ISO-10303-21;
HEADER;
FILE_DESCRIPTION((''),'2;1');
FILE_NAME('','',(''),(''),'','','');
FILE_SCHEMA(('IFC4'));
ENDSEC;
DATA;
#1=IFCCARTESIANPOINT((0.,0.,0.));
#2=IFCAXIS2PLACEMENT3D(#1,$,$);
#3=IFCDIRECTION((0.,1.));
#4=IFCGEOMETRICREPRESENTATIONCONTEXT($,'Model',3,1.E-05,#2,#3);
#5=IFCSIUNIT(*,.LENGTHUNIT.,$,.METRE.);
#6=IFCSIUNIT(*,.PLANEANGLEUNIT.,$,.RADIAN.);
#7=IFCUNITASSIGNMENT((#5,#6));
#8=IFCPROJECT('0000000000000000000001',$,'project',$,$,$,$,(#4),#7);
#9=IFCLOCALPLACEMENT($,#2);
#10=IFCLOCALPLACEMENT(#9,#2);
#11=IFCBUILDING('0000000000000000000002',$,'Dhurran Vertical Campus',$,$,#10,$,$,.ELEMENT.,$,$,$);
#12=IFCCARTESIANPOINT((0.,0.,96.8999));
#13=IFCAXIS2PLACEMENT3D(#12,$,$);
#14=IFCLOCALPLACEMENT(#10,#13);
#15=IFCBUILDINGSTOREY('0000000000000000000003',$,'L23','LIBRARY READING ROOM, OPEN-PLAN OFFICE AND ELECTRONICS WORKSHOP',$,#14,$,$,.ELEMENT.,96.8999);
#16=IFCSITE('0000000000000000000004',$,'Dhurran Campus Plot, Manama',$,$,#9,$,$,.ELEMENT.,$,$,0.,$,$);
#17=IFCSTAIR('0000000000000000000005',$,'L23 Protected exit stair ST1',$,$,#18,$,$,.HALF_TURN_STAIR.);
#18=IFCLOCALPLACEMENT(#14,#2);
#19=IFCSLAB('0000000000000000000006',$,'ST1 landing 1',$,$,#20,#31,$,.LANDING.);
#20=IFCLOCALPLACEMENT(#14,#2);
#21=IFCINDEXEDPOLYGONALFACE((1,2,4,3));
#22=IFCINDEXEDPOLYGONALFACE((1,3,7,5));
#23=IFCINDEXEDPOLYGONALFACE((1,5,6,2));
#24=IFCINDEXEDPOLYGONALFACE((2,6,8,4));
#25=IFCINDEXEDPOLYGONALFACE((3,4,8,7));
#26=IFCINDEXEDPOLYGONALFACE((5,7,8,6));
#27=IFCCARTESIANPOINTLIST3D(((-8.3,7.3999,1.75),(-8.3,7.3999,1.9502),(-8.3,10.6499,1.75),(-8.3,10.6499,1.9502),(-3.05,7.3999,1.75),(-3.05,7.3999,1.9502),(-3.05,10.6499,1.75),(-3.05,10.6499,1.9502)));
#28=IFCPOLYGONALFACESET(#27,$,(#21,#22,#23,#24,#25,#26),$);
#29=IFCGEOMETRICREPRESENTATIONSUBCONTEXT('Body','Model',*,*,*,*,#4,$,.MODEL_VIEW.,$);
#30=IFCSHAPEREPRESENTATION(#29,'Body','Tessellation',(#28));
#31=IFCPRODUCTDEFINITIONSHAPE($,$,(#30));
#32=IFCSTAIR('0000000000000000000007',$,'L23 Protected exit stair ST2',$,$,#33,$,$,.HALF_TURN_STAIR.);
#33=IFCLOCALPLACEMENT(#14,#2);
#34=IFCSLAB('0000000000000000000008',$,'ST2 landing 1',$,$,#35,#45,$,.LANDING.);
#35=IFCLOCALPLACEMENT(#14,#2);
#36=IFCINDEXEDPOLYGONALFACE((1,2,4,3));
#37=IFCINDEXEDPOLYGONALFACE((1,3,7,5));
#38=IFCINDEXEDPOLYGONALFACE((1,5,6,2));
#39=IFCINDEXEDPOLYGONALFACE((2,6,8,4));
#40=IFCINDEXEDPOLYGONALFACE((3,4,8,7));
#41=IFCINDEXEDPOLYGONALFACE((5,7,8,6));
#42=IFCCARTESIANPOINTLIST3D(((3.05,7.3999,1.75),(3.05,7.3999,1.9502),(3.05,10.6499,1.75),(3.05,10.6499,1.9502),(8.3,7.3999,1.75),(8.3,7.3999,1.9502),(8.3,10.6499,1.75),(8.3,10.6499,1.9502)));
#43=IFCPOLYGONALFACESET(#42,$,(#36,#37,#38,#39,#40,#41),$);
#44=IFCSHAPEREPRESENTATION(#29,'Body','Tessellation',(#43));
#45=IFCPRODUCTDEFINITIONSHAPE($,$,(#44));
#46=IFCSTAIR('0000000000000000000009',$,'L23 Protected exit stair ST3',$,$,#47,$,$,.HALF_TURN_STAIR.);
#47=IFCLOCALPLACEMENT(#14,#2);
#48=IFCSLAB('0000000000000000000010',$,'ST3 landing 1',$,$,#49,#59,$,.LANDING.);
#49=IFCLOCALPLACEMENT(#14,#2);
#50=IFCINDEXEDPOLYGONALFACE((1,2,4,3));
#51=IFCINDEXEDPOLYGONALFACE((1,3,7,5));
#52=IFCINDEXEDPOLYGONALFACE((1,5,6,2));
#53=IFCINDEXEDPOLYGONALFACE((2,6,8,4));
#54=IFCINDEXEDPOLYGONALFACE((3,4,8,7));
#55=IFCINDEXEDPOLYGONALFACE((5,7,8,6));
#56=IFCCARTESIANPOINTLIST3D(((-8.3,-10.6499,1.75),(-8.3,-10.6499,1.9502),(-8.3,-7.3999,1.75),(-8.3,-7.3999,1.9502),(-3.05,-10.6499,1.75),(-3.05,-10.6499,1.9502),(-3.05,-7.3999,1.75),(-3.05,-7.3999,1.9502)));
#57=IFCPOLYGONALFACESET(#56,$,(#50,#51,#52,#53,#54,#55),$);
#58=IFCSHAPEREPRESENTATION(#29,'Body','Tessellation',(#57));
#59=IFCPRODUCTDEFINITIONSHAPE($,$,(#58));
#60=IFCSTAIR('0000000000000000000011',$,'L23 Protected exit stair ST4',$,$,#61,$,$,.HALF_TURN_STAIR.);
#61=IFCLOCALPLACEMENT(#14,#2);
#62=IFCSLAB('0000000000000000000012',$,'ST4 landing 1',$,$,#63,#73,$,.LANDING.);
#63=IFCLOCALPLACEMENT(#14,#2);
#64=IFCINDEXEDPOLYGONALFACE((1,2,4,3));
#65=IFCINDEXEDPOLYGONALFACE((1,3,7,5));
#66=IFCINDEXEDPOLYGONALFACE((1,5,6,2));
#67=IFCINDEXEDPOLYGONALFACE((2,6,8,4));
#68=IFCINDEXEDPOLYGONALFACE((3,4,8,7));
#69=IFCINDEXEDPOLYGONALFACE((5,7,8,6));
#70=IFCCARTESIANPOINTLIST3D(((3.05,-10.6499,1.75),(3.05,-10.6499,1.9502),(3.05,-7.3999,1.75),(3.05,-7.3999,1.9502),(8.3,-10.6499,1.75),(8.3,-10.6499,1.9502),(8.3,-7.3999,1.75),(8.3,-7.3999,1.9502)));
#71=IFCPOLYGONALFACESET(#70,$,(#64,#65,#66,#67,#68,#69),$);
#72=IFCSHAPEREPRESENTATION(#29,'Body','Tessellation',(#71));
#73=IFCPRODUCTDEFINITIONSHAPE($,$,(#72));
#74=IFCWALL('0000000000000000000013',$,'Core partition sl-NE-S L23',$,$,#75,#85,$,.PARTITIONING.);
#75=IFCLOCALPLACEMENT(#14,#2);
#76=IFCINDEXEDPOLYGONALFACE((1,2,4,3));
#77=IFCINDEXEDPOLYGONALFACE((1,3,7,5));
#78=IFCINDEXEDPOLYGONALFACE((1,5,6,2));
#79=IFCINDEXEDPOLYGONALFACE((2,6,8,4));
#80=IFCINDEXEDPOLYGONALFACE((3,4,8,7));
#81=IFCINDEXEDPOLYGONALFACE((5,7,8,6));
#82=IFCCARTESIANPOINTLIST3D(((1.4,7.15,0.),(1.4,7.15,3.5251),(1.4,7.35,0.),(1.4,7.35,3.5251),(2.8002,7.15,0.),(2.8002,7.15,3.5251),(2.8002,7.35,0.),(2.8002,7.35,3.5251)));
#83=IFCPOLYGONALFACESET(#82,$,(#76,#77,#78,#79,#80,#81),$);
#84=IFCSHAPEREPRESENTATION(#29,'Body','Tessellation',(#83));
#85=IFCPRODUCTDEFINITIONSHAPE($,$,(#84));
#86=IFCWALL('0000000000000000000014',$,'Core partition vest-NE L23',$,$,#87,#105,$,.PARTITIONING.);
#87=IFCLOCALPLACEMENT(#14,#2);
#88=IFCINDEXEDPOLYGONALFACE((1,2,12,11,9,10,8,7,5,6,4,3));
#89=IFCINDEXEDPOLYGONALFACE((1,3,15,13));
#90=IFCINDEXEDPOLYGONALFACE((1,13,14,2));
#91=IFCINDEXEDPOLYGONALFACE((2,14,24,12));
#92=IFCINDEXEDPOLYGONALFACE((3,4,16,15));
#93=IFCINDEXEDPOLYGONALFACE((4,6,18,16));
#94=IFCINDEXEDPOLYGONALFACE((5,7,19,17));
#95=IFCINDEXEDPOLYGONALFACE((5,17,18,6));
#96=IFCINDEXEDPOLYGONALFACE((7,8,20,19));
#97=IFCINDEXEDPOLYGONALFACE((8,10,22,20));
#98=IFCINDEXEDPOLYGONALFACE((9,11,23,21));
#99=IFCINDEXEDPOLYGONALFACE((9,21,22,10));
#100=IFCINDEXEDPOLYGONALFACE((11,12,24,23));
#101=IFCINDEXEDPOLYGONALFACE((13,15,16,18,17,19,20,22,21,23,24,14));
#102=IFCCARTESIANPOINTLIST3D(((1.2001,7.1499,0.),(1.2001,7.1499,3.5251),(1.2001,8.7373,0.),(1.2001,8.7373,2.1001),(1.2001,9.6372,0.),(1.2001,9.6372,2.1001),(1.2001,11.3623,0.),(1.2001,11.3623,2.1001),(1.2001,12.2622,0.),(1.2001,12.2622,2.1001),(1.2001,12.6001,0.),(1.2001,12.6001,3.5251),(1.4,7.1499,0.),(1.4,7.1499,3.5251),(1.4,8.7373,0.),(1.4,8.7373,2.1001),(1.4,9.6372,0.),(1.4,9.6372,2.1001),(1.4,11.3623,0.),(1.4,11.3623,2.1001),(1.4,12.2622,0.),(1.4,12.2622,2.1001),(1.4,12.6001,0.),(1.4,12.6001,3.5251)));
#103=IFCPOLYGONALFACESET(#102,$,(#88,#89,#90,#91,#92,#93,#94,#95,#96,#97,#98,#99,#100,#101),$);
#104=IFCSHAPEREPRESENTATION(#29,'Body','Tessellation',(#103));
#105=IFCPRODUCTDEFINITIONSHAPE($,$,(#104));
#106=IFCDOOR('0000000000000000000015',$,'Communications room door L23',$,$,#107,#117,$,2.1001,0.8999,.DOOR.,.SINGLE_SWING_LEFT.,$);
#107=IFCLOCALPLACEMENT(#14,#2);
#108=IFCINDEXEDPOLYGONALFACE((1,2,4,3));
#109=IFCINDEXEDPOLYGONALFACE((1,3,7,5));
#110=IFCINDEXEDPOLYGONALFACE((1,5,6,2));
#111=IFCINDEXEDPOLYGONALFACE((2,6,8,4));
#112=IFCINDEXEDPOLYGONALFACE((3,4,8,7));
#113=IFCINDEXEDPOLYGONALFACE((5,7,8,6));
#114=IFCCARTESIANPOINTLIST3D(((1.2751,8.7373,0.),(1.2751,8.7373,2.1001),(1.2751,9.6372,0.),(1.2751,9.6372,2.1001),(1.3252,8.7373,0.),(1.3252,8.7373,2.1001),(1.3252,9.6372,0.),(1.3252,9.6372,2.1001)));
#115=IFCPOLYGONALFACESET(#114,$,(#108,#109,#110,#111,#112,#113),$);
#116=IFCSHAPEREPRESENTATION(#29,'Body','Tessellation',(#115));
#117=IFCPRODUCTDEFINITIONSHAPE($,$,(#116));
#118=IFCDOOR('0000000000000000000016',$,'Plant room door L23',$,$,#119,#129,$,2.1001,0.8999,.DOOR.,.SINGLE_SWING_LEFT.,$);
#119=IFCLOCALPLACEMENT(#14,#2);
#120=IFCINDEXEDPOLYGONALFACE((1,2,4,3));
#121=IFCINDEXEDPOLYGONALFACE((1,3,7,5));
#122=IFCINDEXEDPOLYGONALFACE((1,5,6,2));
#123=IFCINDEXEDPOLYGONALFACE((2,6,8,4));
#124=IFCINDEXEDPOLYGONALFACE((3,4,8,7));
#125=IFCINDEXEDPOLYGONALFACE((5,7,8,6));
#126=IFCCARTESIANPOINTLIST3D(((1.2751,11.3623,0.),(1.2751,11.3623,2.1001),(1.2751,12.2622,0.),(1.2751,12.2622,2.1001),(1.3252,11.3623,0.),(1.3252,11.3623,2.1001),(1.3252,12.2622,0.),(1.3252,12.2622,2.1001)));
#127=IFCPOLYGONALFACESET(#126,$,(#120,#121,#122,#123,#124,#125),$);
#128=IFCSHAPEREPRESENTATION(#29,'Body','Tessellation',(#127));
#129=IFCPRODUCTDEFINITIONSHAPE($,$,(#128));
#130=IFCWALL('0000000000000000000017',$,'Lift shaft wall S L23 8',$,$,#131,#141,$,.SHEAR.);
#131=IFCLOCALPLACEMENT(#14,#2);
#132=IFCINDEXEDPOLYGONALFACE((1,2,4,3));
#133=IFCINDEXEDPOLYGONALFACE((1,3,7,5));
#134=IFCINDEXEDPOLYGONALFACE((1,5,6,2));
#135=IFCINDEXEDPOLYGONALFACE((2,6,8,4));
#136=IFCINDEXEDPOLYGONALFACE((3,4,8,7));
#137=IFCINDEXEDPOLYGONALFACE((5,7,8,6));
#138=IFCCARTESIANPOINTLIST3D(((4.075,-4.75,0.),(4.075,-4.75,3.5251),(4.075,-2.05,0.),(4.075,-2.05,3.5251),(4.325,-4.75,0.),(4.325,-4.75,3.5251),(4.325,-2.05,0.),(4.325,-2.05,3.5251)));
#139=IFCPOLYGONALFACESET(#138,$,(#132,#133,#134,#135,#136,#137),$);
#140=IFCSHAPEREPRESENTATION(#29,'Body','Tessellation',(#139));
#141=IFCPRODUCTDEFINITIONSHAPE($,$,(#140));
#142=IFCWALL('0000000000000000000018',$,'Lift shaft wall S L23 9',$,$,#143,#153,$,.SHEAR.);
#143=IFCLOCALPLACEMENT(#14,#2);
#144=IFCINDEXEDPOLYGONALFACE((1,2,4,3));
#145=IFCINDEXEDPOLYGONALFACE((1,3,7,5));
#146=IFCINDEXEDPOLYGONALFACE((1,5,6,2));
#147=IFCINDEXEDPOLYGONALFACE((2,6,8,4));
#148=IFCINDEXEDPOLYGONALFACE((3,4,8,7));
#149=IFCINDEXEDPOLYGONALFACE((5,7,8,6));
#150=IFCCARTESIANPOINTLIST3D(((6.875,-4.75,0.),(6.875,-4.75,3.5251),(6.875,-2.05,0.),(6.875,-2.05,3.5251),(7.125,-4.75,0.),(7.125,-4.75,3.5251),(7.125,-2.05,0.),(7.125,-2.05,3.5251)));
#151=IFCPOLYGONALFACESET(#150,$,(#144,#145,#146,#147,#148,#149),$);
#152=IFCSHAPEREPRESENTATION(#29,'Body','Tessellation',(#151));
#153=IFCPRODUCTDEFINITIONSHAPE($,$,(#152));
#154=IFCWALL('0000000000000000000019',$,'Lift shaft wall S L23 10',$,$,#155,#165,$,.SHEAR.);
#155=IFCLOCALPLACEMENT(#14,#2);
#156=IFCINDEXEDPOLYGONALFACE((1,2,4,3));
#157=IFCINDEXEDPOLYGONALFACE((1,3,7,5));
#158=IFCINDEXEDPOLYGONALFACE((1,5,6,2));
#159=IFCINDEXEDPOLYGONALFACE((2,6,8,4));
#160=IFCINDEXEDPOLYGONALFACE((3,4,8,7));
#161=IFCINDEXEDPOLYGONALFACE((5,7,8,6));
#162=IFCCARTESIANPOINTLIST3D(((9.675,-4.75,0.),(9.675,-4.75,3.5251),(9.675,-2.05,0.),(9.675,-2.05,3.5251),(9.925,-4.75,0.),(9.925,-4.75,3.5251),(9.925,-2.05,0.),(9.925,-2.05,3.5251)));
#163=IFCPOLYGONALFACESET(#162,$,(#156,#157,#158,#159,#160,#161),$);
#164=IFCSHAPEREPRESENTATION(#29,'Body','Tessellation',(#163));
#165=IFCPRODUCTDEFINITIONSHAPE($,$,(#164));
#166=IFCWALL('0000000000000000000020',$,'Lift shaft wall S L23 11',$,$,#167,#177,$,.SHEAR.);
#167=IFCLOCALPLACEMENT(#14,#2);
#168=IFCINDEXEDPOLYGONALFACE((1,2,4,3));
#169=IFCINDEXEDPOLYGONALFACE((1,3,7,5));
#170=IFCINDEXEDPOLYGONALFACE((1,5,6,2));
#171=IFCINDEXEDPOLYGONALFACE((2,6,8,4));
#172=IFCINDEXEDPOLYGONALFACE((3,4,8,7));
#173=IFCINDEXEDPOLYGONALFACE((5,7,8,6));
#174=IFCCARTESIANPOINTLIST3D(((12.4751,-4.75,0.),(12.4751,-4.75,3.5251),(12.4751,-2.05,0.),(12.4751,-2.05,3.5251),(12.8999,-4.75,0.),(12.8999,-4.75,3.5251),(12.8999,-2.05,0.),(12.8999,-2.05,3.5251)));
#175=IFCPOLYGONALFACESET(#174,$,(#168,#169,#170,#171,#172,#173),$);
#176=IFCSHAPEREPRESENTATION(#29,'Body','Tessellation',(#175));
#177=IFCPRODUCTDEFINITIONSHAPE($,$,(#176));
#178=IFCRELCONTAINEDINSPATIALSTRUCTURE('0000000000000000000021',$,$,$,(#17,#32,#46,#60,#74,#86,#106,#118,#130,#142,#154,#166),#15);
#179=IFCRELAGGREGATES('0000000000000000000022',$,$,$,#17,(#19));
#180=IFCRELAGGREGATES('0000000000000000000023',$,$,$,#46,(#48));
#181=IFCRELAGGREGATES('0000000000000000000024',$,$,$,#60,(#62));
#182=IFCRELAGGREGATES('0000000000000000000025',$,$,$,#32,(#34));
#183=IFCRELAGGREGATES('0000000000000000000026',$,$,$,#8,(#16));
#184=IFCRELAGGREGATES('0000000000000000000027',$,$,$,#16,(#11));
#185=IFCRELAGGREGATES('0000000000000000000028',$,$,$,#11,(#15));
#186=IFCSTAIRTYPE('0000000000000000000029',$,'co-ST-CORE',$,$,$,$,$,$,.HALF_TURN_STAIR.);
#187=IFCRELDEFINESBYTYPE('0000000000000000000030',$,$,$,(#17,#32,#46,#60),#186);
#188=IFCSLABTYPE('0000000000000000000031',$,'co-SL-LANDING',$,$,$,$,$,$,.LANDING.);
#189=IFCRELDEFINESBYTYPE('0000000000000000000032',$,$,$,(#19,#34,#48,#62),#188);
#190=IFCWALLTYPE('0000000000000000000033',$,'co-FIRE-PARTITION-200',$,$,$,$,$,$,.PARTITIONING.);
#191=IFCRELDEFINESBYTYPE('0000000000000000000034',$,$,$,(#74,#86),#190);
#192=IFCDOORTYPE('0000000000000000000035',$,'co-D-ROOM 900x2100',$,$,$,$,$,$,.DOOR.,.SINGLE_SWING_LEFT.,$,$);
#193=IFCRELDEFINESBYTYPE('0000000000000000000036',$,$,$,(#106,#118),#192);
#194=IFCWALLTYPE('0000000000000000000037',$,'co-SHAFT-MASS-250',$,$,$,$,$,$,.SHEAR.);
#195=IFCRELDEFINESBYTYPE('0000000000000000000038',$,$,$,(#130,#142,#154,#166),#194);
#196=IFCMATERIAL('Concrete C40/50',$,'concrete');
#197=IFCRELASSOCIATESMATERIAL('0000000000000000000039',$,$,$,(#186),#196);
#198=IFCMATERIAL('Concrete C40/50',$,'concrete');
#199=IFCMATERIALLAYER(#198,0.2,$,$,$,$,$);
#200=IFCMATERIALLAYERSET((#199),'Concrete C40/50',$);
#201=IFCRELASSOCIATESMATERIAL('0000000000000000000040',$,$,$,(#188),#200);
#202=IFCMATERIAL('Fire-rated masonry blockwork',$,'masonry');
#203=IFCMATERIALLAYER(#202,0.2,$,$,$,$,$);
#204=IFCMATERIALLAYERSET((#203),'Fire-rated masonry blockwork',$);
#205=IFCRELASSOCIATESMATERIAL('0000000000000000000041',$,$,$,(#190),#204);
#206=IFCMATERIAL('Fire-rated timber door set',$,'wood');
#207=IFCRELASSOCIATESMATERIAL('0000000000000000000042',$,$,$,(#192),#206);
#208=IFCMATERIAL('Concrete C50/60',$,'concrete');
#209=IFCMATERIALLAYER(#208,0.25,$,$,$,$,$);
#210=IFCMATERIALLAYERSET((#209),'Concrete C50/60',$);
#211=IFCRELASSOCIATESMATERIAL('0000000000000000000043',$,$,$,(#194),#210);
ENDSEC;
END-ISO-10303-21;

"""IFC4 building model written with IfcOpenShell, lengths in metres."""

from ifc_helpers import new_model, si_unit, direction, frame, frame_2d, origin, place, context, subcontext, project, spatial, polyline, rectangle, outline, extrude, material, layer, layer_set, type_object, element, fill, aggregate, save


model = new_model("IFC4")

# Units and contexts
model_context = context("Model", 3, precision=1e-05, world=origin(), true_north=direction((0.0, 1.0)))
body_context = subcontext(model_context, "Body", "Model", "MODEL_VIEW")
ifc_project = project(units=[si_unit("LENGTHUNIT", "METRE"), si_unit("PLANEANGLEUNIT", "RADIAN")], contexts=[model_context])

# Site, building, storey
site_placement = place(None, origin())
site = spatial("IfcSite", under=ifc_project, at=site_placement, Name="Dhurran Campus Plot, Manama", CompositionType="ELEMENT", RefElevation=0.0)
building_placement = place(site_placement, origin())
building = spatial("IfcBuilding", under=site, at=building_placement, Name="Dhurran Vertical Campus", CompositionType="ELEMENT")
storey_placement = place(building_placement, frame((0.0, 0.0, 96.8999)))
storey = spatial("IfcBuildingStorey", under=building, at=storey_placement, Name="L23", Description="LIBRARY READING ROOM, OPEN-PLAN OFFICE AND ELECTRONICS WORKSHOP", CompositionType="ELEMENT", Elevation=96.8999)

# Stairs, slabs
ifc_material_1 = material(Name="Concrete C40/50", Category="concrete")
stair_type = type_object("IfcStairType", Name="co-ST-CORE", PredefinedType="HALF_TURN_STAIR", material=ifc_material_1)
stair_1_placement = place(storey_placement, origin())
stair_1 = element("IfcStair", 1, at=stair_1_placement, inside=storey, type_object=stair_type, Name="L23 Protected exit stair ST1", PredefinedType="HALF_TURN_STAIR")
ifc_material_2 = material(Name="Concrete C40/50", Category="concrete")
ifc_layer_1 = layer(ifc_material_2, 0.2)
ifc_layer_set_1 = layer_set([ifc_layer_1], Name="Concrete C40/50")
slab_type = type_object("IfcSlabType", Name="co-SL-LANDING", PredefinedType="LANDING", material=ifc_layer_set_1)
slab_1_placement = place(storey_placement, frame((0.0, 0.0, 1.75)))
slab_1 = element("IfcSlab", 2, at=slab_1_placement, type_object=slab_type, Name="ST1 landing 1", PredefinedType="LANDING", context=body_context, shape_type="SweptSolid", body=[
    extrude(outline(polyline([(-8.3, 7.3999), (-3.05, 7.3999), (-3.05, 10.6499), (-8.3, 10.6499), (-8.3, 7.3999)])), origin(), (0.0, 0.0, 1.0), 0.2002),
])
aggregate(stair_1, [slab_1])
stair_2_placement = place(storey_placement, origin())
stair_2 = element("IfcStair", 3, at=stair_2_placement, inside=storey, type_object=stair_type, Name="L23 Protected exit stair ST2", PredefinedType="HALF_TURN_STAIR")
slab_2_placement = place(storey_placement, frame((0.0, 0.0, 1.75)))
slab_2 = element("IfcSlab", 4, at=slab_2_placement, type_object=slab_type, Name="ST2 landing 1", PredefinedType="LANDING", context=body_context, shape_type="SweptSolid", body=[
    extrude(outline(polyline([(8.3, 10.6499), (3.05, 10.6499), (3.05, 7.3999), (8.3, 7.3999), (8.3, 10.6499)])), origin(), (0.0, 0.0, 1.0), 0.2002),
])
stair_3_placement = place(storey_placement, origin())
stair_3 = element("IfcStair", 5, at=stair_3_placement, inside=storey, type_object=stair_type, Name="L23 Protected exit stair ST3", PredefinedType="HALF_TURN_STAIR")
slab_3_placement = place(storey_placement, frame((0.0, 0.0, 1.75)))
slab_3 = element("IfcSlab", 6, at=slab_3_placement, type_object=slab_type, Name="ST3 landing 1", PredefinedType="LANDING", context=body_context, shape_type="SweptSolid", body=[
    extrude(outline(polyline([(-8.3, -10.6499), (-3.05, -10.6499), (-3.05, -7.3999), (-8.3, -7.3999), (-8.3, -10.6499)])), origin(), (0.0, 0.0, 1.0), 0.2002),
])
aggregate(stair_3, [slab_3])
stair_4_placement = place(storey_placement, origin())
stair_4 = element("IfcStair", 7, at=stair_4_placement, inside=storey, type_object=stair_type, Name="L23 Protected exit stair ST4", PredefinedType="HALF_TURN_STAIR")
slab_4_placement = place(storey_placement, frame((0.0, 0.0, 1.75)))
slab_4 = element("IfcSlab", 8, at=slab_4_placement, type_object=slab_type, Name="ST4 landing 1", PredefinedType="LANDING", context=body_context, shape_type="SweptSolid", body=[
    extrude(outline(polyline([(8.3, -7.3999), (3.05, -7.3999), (3.05, -10.6499), (8.3, -10.6499), (8.3, -7.3999)])), origin(), (0.0, 0.0, 1.0), 0.2002),
])
aggregate(stair_4, [slab_4])

# Wall
ifc_material_3 = material(Name="Fire-rated masonry blockwork", Category="masonry")
ifc_layer_2 = layer(ifc_material_3, 0.2)
ifc_layer_set_2 = layer_set([ifc_layer_2], Name="Fire-rated masonry blockwork")
wall_type_1 = type_object("IfcWallType", Name="co-FIRE-PARTITION-200", PredefinedType="PARTITIONING", material=ifc_layer_set_2)
wall_1_placement = place(storey_placement, frame((1.3999, 7.25, 0.0), z_axis=(0.0, 0.0, 1.0), x_axis=(1.0, 0.0, 0.0)))
element("IfcWall", 9, at=wall_1_placement, inside=storey, type_object=wall_type_1, Name="Core partition sl-NE-S L23", PredefinedType="PARTITIONING", context=body_context, shape_type="SweptSolid", body=[
    extrude(rectangle(XDim=1.4001, YDim=0.2, at=frame_2d((0.7002, 0.0))), origin(), (0.0, 0.0, 1.0), 3.5251),
])

# Wall, openings, doors
wall_2_placement = place(storey_placement, frame((1.3, 7.1499, 0.0), z_axis=(0.0, 0.0, 1.0), x_axis=(0.0, 1.0, 0.0)))
wall_2 = element("IfcWall", 10, at=wall_2_placement, inside=storey, type_object=wall_type_1, Name="Core partition vest-NE L23", PredefinedType="PARTITIONING", context=body_context, shape_type="SweptSolid", body=[
    extrude(rectangle(XDim=5.4502, YDim=0.2, at=frame_2d((2.7251, 0.0))), origin(), (0.0, 0.0, 1.0), 3.5251),
])
opening_1_placement = place(wall_2_placement, frame((1.5874, 0.0, 0.0)))
opening_1 = element("IfcOpeningElement", 11, at=opening_1_placement, cuts=wall_2, PredefinedType="OPENING", context=body_context, shape_type="SweptSolid", body=[
    extrude(rectangle(XDim=0.8999, YDim=2.1001, at=frame_2d((0.45, 1.05))), frame((0.0, 0.1099, 0.0), z_axis=(0.0, -1.0, 0.0), x_axis=(1.0, 0.0, 0.0)), (0.0, 0.0, 1.0), 0.22),
])
opening_2_placement = place(wall_2_placement, frame((4.2124, 0.0, 0.0)))
opening_2 = element("IfcOpeningElement", 12, at=opening_2_placement, cuts=wall_2, PredefinedType="OPENING", context=body_context, shape_type="SweptSolid", body=[
    extrude(rectangle(XDim=0.8999, YDim=2.1001, at=frame_2d((0.45, 1.05))), frame((0.0, 0.1099, 0.0), z_axis=(0.0, -1.0, 0.0), x_axis=(1.0, 0.0, 0.0)), (0.0, 0.0, 1.0), 0.22),
])
ifc_material_4 = material(Name="Fire-rated timber door set", Category="wood")
door_type_1 = type_object("IfcDoorType", Name="co-D-ROOM 900x2100", OperationType="SINGLE_SWING_LEFT", PredefinedType="DOOR", material=ifc_material_4)
door_1_placement = place(opening_1_placement, origin())
door_1 = element("IfcDoor", 13, at=door_1_placement, inside=storey, type_object=door_type_1, Name="Communications room door L23", OperationType="SINGLE_SWING_LEFT", OverallHeight=2.1001, OverallWidth=0.8999, PredefinedType="DOOR", context=body_context, shape_type="SweptSolid", body=[
    extrude(rectangle(XDim=0.8999, YDim=2.1001, at=frame_2d((0.45, 1.05))), frame((0.0, 0.0249, 0.0), z_axis=(0.0, -1.0, 0.0), x_axis=(1.0, 0.0, 0.0)), (0.0, 0.0, 1.0), 0.05),
])
fill(opening_1, door_1)
door_2_placement = place(opening_2_placement, origin())
door_2 = element("IfcDoor", 14, at=door_2_placement, inside=storey, type_object=door_type_1, Name="Plant room door L23", OperationType="SINGLE_SWING_LEFT", OverallHeight=2.1001, OverallWidth=0.8999, PredefinedType="DOOR", context=body_context, shape_type="SweptSolid", body=[
    extrude(rectangle(XDim=0.8999, YDim=2.1001, at=frame_2d((0.45, 1.05))), frame((0.0, 0.0249, 0.0), z_axis=(0.0, -1.0, 0.0), x_axis=(1.0, 0.0, 0.0)), (0.0, 0.0, 1.0), 0.05),
])
fill(opening_2, door_2)

# Walls
ifc_material_5 = material(Name="Concrete C50/60", Category="concrete")
ifc_layer_3 = layer(ifc_material_5, 0.25)
ifc_layer_set_3 = layer_set([ifc_layer_3], Name="Concrete C50/60")
wall_type_2 = type_object("IfcWallType", Name="co-SHAFT-MASS-250", PredefinedType="SHEAR", material=ifc_layer_set_3)
wall_3_placement = place(storey_placement, origin())
element("IfcWall", 15, at=wall_3_placement, inside=storey, type_object=wall_type_2, Name="Lift shaft wall S L23 8", PredefinedType="SHEAR", context=body_context, shape_type="SweptSolid", body=[
    extrude(outline(polyline([(4.075, -4.75), (4.325, -4.75), (4.325, -2.05), (4.075, -2.05), (4.075, -4.75)])), origin(), (0.0, 0.0, 1.0), 3.5251),
])
wall_4_placement = place(storey_placement, origin())
element("IfcWall", 16, at=wall_4_placement, inside=storey, type_object=wall_type_2, Name="Lift shaft wall S L23 9", PredefinedType="SHEAR", context=body_context, shape_type="SweptSolid", body=[
    extrude(outline(polyline([(6.875, -4.75), (7.125, -4.75), (7.125, -2.05), (6.875, -2.05), (6.875, -4.75)])), origin(), (0.0, 0.0, 1.0), 3.5251),
])
wall_5_placement = place(storey_placement, origin())
element("IfcWall", 17, at=wall_5_placement, inside=storey, type_object=wall_type_2, Name="Lift shaft wall S L23 10", PredefinedType="SHEAR", context=body_context, shape_type="SweptSolid", body=[
    extrude(outline(polyline([(9.675, -4.75), (9.925, -4.75), (9.925, -2.05), (9.675, -2.05), (9.675, -4.75)])), origin(), (0.0, 0.0, 1.0), 3.5251),
])
wall_6_placement = place(storey_placement, origin())
element("IfcWall", 18, at=wall_6_placement, inside=storey, type_object=wall_type_2, Name="Lift shaft wall S L23 11", PredefinedType="SHEAR", context=body_context, shape_type="SweptSolid", body=[
    extrude(outline(polyline([(12.4751, -4.75), (12.8999, -4.75), (12.8999, -2.05), (12.4751, -2.05), (12.4751, -4.75)])), origin(), (0.0, 0.0, 1.0), 3.5251),
])

aggregate(stair_2, [slab_2])

save(model, "model.ifc")
